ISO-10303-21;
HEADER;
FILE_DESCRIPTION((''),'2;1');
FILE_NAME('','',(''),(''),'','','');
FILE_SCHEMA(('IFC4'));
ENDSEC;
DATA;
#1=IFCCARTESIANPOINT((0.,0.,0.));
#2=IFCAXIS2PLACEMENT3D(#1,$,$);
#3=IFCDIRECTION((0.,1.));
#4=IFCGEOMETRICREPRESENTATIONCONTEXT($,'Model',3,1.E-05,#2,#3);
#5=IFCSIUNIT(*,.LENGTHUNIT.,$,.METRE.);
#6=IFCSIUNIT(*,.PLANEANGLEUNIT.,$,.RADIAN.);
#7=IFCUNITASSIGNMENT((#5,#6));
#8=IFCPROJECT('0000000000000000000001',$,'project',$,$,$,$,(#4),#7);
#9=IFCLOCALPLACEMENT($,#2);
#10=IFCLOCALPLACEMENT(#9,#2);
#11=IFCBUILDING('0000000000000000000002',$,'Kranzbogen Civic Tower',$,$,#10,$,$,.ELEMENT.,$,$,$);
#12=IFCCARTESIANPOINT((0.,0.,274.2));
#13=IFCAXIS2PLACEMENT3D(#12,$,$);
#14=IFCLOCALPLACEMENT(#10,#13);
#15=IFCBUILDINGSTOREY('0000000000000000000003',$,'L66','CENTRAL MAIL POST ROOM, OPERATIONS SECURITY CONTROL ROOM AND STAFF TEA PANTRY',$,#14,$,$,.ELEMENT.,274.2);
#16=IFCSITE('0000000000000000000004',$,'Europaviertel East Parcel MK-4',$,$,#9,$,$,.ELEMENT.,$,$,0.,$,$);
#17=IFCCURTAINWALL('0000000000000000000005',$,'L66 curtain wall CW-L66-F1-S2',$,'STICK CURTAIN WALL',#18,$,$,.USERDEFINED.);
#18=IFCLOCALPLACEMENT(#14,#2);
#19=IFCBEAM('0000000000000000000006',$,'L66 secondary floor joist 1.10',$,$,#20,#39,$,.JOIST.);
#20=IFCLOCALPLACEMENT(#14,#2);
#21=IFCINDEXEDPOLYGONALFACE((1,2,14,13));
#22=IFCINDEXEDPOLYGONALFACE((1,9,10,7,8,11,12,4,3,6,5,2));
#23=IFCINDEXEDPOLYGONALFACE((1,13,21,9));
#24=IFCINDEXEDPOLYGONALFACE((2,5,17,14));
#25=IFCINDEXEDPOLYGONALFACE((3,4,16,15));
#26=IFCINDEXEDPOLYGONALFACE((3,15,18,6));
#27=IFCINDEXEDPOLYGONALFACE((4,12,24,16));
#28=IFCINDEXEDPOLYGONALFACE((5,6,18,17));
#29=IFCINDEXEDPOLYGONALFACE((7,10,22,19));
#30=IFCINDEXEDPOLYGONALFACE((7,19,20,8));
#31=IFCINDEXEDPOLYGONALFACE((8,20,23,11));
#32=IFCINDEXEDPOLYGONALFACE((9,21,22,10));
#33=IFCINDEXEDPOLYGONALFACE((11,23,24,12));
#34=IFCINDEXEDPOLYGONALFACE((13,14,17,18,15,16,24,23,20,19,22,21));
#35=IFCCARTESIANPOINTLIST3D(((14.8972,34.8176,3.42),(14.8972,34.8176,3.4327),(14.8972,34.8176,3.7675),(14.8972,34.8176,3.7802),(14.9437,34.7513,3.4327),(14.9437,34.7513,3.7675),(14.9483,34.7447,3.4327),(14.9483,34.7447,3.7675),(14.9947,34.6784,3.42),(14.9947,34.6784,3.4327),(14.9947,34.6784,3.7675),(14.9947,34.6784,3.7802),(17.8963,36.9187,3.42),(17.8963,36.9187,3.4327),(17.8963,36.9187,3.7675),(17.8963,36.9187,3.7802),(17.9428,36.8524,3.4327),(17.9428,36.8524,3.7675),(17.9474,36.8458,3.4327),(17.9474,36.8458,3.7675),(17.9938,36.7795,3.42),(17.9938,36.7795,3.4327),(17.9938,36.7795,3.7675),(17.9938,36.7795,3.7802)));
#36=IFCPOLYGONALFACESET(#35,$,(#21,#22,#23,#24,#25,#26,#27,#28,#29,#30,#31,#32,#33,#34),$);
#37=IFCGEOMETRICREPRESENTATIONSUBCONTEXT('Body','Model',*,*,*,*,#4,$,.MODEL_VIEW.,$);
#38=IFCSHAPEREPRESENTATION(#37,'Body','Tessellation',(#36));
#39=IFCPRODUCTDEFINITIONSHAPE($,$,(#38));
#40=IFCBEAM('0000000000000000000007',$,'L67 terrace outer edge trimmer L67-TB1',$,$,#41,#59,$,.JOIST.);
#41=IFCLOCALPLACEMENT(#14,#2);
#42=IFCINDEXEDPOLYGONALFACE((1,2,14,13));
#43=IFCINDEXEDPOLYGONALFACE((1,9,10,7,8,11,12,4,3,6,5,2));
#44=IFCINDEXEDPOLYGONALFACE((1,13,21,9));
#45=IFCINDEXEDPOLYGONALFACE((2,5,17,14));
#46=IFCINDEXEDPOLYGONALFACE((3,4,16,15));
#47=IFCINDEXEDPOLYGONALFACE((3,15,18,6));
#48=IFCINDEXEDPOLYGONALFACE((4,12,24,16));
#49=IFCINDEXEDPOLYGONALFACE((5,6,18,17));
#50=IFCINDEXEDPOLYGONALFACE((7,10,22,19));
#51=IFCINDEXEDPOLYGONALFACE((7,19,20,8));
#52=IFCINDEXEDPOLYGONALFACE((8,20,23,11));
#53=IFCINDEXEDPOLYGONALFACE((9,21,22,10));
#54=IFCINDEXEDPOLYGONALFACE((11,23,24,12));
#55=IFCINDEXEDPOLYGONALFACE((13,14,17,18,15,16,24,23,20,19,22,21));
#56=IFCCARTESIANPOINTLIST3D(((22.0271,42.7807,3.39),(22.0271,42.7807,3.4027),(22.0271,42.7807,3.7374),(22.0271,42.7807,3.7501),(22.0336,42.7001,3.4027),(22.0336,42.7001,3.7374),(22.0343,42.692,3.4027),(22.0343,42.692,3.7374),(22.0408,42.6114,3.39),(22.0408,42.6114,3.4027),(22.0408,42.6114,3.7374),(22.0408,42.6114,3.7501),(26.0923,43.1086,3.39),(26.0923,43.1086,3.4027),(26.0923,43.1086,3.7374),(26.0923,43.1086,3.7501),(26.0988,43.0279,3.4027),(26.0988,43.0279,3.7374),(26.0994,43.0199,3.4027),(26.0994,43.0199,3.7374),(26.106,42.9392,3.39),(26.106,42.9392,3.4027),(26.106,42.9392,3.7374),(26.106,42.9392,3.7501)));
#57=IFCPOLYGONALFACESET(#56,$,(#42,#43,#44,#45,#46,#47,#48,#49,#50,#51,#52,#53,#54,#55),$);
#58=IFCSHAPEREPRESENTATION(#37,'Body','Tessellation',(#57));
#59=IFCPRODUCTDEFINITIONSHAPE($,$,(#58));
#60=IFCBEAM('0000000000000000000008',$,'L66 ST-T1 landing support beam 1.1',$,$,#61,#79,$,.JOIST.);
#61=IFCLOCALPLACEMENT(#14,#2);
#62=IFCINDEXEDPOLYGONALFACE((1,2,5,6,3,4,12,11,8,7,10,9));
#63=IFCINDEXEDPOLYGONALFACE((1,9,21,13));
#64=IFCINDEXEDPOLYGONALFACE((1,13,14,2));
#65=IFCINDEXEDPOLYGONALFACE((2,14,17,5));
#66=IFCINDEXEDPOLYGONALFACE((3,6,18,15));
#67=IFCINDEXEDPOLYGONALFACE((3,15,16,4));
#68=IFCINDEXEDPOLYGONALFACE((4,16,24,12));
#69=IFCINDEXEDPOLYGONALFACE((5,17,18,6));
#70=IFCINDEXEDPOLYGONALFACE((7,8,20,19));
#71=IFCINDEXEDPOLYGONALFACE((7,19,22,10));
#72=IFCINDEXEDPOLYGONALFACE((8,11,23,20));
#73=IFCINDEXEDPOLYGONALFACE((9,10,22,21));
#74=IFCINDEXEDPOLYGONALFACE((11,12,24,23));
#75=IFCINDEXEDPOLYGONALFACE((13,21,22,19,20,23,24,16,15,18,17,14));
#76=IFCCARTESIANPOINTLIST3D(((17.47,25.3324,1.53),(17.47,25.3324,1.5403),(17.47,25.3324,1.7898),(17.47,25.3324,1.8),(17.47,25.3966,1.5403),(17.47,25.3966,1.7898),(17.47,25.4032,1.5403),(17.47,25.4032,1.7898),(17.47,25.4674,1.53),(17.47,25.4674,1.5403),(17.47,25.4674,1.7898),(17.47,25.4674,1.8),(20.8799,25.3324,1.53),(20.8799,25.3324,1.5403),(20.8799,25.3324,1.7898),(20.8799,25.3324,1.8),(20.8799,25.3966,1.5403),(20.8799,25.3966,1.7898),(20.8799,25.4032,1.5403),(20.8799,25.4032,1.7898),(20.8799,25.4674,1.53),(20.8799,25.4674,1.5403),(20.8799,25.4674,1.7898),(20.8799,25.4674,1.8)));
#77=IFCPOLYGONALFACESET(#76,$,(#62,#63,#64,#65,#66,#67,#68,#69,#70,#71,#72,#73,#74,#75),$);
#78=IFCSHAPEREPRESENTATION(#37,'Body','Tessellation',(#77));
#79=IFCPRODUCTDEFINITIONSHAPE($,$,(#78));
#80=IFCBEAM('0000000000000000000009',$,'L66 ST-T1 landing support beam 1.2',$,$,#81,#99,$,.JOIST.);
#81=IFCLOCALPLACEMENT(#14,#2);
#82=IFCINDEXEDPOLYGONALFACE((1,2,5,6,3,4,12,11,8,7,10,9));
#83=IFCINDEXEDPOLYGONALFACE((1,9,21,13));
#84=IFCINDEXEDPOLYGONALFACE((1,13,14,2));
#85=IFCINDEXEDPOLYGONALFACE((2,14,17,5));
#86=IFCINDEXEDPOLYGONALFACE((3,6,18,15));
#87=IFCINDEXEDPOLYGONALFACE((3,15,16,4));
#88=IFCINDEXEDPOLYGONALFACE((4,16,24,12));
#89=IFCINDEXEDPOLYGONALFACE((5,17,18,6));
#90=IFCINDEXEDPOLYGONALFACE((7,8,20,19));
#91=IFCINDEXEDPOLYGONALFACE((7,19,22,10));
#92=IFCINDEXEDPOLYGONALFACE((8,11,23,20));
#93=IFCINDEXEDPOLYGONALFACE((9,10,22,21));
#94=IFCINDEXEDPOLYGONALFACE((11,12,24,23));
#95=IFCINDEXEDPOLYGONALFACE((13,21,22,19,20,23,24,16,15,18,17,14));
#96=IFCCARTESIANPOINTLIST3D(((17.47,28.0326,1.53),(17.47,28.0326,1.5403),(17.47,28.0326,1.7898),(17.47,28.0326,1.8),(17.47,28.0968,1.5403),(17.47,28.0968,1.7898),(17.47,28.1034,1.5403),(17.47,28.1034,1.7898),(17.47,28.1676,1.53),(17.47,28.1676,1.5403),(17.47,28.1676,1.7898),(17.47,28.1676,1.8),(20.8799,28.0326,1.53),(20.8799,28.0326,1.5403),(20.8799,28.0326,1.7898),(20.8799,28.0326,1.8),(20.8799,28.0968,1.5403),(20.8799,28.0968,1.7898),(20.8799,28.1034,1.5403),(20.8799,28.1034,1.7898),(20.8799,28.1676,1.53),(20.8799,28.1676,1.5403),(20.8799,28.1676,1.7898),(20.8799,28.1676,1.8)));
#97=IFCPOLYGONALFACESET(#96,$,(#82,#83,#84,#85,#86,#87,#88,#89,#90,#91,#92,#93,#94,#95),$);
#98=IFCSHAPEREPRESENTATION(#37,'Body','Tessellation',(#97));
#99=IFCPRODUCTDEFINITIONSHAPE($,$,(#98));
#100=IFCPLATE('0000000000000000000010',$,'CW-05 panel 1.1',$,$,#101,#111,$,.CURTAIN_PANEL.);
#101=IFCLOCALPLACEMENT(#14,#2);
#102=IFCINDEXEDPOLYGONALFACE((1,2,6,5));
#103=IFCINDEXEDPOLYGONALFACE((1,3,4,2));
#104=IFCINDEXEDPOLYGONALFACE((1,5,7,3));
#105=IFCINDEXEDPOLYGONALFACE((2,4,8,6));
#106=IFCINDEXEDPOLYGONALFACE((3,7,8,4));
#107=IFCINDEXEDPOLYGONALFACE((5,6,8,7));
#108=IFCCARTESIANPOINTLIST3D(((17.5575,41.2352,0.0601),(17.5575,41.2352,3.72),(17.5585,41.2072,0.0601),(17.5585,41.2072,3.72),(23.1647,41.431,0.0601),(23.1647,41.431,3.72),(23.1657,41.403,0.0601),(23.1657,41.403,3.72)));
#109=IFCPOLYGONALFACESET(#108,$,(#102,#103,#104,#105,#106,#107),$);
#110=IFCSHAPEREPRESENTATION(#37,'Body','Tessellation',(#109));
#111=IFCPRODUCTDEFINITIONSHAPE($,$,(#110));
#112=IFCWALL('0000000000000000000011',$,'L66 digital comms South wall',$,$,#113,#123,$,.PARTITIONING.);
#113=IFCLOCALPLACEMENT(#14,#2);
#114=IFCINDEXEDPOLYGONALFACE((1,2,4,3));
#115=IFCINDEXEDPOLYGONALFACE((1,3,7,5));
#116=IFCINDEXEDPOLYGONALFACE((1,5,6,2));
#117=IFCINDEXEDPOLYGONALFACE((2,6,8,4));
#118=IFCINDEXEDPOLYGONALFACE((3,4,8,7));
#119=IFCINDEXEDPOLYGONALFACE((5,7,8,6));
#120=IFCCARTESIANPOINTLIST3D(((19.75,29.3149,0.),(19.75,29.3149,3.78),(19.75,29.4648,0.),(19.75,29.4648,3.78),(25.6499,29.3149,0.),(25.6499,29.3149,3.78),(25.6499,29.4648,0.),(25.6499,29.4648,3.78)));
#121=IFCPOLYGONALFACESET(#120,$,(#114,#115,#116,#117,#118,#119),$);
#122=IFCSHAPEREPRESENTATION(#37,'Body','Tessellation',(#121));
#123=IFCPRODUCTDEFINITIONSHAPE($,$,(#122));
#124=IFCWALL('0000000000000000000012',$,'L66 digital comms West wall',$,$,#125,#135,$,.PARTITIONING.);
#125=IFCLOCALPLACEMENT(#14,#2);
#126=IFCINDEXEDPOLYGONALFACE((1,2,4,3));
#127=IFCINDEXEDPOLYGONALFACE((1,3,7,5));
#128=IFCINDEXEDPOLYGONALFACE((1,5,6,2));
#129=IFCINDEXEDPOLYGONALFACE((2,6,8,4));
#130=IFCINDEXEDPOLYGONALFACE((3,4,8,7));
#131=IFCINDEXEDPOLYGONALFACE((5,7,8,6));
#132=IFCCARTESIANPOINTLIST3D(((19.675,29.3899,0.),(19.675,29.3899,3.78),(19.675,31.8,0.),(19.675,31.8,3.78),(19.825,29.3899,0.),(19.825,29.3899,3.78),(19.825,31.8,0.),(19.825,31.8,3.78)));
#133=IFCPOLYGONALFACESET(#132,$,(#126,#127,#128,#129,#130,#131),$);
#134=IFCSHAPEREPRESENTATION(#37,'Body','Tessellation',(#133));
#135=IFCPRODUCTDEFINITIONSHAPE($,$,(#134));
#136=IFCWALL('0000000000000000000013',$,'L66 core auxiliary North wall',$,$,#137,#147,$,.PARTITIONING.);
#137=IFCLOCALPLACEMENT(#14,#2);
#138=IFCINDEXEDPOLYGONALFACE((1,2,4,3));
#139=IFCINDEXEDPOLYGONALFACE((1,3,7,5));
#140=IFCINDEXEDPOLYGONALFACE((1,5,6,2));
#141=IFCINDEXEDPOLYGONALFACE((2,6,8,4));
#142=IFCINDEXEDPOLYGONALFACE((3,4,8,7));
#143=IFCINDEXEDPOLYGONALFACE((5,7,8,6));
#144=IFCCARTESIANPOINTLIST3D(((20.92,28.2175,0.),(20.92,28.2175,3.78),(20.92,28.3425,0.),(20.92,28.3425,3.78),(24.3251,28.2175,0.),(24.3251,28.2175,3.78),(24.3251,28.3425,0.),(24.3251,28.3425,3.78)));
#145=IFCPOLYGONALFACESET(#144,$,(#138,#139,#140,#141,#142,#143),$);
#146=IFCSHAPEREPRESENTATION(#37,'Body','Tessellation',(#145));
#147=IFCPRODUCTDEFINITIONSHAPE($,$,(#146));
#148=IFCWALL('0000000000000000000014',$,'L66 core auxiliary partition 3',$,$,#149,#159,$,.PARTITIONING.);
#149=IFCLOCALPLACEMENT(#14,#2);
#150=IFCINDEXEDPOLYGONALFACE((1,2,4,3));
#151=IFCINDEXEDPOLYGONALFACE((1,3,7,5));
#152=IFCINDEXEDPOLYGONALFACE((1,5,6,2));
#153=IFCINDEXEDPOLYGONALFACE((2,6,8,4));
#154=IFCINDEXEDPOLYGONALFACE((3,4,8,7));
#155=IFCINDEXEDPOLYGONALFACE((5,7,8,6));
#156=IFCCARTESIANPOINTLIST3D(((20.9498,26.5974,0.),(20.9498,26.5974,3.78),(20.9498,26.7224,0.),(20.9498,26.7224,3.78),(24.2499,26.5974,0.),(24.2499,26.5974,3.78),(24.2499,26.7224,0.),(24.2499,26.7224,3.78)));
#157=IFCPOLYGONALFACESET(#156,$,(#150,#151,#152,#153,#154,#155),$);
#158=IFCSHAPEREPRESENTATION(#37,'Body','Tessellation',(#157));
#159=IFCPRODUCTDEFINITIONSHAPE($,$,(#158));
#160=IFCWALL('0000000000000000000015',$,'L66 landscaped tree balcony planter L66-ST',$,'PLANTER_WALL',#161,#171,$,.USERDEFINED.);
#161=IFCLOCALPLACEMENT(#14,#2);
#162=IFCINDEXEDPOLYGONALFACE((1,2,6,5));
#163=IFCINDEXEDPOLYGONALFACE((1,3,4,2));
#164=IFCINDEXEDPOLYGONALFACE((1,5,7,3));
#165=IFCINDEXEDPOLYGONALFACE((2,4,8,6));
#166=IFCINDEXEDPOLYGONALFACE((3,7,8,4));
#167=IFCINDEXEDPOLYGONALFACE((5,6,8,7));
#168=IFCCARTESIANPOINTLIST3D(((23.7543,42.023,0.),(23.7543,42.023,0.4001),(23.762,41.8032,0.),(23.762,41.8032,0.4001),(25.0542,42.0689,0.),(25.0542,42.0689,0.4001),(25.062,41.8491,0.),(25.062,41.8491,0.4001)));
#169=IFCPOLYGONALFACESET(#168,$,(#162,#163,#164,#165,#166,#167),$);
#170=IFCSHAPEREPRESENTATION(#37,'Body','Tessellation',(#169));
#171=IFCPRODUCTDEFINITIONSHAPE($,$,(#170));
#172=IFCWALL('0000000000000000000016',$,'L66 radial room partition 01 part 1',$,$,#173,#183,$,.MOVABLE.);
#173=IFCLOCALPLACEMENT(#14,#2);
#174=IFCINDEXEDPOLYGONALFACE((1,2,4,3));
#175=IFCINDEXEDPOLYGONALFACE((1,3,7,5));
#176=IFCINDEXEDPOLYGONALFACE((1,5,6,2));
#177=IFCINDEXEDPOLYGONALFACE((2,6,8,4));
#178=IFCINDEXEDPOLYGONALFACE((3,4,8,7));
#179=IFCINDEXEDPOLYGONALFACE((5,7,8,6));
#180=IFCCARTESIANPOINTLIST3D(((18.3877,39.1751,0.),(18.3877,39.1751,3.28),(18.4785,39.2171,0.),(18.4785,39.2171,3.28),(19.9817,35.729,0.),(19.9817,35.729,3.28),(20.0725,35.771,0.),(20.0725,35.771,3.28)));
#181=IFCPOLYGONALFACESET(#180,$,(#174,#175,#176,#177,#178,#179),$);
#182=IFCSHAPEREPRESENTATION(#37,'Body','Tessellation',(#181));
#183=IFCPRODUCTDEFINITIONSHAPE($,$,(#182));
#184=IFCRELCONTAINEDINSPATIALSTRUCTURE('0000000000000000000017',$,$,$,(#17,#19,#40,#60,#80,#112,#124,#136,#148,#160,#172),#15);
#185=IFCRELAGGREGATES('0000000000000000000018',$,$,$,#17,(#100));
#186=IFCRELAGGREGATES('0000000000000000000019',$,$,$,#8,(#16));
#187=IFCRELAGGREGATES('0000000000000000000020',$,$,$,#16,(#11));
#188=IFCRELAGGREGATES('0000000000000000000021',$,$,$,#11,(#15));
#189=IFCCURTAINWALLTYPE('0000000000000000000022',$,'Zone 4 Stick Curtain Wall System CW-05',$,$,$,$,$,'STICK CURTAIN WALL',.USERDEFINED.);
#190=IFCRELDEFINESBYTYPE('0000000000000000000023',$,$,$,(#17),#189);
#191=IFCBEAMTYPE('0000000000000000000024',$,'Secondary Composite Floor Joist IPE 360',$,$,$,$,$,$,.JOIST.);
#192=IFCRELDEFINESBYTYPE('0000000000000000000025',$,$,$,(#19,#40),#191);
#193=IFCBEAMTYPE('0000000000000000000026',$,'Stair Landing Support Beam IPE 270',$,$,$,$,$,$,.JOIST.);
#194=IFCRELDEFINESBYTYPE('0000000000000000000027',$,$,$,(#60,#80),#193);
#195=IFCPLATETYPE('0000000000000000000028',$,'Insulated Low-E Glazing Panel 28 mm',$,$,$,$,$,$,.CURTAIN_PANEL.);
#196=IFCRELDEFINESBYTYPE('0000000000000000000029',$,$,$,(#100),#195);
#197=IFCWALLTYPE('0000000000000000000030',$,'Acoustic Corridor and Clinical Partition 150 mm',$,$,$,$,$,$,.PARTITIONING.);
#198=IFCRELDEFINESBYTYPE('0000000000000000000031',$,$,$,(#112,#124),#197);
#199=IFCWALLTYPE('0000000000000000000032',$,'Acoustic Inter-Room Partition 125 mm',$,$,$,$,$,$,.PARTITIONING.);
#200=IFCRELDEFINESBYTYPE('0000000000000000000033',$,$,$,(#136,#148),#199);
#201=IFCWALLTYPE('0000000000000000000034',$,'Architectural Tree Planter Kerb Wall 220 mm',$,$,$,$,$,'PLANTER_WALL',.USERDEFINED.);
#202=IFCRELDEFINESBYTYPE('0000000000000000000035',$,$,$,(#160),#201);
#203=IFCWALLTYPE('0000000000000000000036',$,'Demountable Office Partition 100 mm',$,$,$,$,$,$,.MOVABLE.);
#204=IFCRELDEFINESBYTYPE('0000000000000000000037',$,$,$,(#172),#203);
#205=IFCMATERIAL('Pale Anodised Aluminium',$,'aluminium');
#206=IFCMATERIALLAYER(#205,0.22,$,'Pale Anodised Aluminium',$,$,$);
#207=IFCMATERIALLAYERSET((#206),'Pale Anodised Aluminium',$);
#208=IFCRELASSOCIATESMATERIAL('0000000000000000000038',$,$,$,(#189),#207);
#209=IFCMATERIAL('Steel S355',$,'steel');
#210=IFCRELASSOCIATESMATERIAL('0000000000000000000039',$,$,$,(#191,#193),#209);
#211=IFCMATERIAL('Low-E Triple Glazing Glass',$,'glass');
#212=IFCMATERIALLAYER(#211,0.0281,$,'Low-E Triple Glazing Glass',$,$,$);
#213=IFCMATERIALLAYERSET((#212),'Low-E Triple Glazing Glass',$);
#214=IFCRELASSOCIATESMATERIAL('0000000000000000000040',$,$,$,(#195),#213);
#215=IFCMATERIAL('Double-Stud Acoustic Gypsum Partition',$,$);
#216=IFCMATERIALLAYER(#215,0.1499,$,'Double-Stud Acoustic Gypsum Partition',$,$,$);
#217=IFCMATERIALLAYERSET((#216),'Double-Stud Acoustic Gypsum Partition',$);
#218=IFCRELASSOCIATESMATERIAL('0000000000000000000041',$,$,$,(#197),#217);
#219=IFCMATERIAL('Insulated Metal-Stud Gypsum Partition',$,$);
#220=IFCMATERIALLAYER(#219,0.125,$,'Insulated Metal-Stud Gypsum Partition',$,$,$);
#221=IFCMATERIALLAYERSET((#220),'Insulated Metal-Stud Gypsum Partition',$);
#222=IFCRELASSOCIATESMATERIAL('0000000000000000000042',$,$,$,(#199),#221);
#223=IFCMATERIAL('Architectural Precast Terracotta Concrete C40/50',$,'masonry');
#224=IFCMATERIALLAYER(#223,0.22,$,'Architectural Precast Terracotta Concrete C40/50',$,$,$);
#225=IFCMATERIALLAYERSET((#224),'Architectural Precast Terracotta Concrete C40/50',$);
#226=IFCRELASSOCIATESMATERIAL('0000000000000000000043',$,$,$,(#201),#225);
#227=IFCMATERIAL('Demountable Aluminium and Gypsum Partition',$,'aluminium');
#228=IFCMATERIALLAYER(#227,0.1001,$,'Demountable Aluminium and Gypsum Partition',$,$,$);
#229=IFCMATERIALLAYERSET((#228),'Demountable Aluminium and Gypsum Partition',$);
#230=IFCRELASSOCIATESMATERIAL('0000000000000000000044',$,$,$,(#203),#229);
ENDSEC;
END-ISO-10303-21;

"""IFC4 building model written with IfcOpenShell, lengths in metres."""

from ifc_helpers import new_model, si_unit, direction, frame, frame_2d, origin, origin_2d, place, context, subcontext, project, spatial, rectangle, i_section, extrude, material, layer, layer_set, material_profile, profile_set, type_object, element, aggregate, save


model = new_model("IFC4")

# Units and contexts
model_context = context("Model", 3, precision=1e-05, world=origin(), true_north=direction((0.0, 1.0)))
body_context = subcontext(model_context, "Body", "Model", "MODEL_VIEW")
ifc_project = project(units=[si_unit("LENGTHUNIT", "METRE"), si_unit("PLANEANGLEUNIT", "RADIAN")], contexts=[model_context])

# Site, building, storey
site_placement = place(None, origin())
site = spatial("IfcSite", under=ifc_project, at=site_placement, Name="Europaviertel East Parcel MK-4", CompositionType="ELEMENT", RefElevation=0.0)
building_placement = place(site_placement, origin())
building = spatial("IfcBuilding", under=site, at=building_placement, Name="Kranzbogen Civic Tower", CompositionType="ELEMENT")
storey_placement = place(building_placement, frame((0.0, 0.0, 274.2)))
storey = spatial("IfcBuildingStorey", under=building, at=storey_placement, Name="L66", Description="CENTRAL MAIL POST ROOM, OPERATIONS SECURITY CONTROL ROOM AND STAFF TEA PANTRY", CompositionType="ELEMENT", Elevation=274.2)

# Shared definitions
ifc_material_1 = material(Name="Steel S355", Category="steel")

# Shared definitions
ifc_material_2 = material(Name="Pale Anodised Aluminium", Category="aluminium")
ifc_layer_1 = layer(ifc_material_2, 0.22, Name="Pale Anodised Aluminium")
ifc_layer_set_1 = layer_set([ifc_layer_1], Name="Pale Anodised Aluminium")
curtain_wall_type = type_object("IfcCurtainWallType", Name="Zone 4 Stick Curtain Wall System CW-05", ElementType="STICK CURTAIN WALL", PredefinedType="USERDEFINED", material=ifc_layer_set_1)

# Curtain wall
curtain_wall_1_placement = place(storey_placement, origin())
curtain_wall_1 = element("IfcCurtainWall", 1, at=curtain_wall_1_placement, inside=storey, type_object=curtain_wall_type, Name="L66 curtain wall CW-L66-F1-S2", ObjectType="STICK CURTAIN WALL", PredefinedType="USERDEFINED")

# Beams
ifc_material_profile_1 = material_profile(ifc_material_1, i_section(OverallWidth=0.1699, OverallDepth=0.3601, WebThickness=0.0081, FlangeThickness=0.0127, at=origin_2d()), Name="IPE 360")
ifc_profile_set_1 = profile_set([ifc_material_profile_1], Name="Steel S355")
beam_type_1 = type_object("IfcBeamType", Name="Secondary Composite Floor Joist IPE 360", PredefinedType="JOIST", material=ifc_profile_set_1)
beam_1_placement = place(storey_placement, frame((17.9451, 36.8491, 3.6001), z_axis=(-0.819006, -0.573784, 0.0), x_axis=(0.573784, -0.819006, 0.0)))
element("IfcBeam", 2, at=beam_1_placement, inside=storey, type_object=beam_type_1, Name="L66 secondary floor joist 1.10", PredefinedType="JOIST", context=body_context, shape_type="SweptSolid", body=[
    extrude(i_section(OverallWidth=0.1699, OverallDepth=0.3601, WebThickness=0.0081, FlangeThickness=0.0127, at=origin_2d()), origin(), (0.0, 0.0, 1.0), 3.6619),
])
beam_2_placement = place(storey_placement, frame((26.0991, 43.0239, 3.5701), z_axis=(-0.996763, -0.080395, 0.0), x_axis=(0.080395, -0.996763, 0.0)))
element("IfcBeam", 3, at=beam_2_placement, inside=storey, type_object=beam_type_1, Name="L67 terrace outer edge trimmer L67-TB1", PredefinedType="JOIST", context=body_context, shape_type="SweptSolid", body=[
    extrude(i_section(OverallWidth=0.1699, OverallDepth=0.3601, WebThickness=0.0081, FlangeThickness=0.0127, at=origin_2d()), origin(), (0.0, 0.0, 1.0), 4.0784),
])
ifc_material_profile_2 = material_profile(ifc_material_1, i_section(OverallWidth=0.135, OverallDepth=0.27, WebThickness=0.0066, FlangeThickness=0.0103, at=origin_2d()), Name="IPE 270")
ifc_profile_set_2 = profile_set([ifc_material_profile_2], Name="Steel S355")
beam_type_2 = type_object("IfcBeamType", Name="Stair Landing Support Beam IPE 270", PredefinedType="JOIST", material=ifc_profile_set_2)
for number, where, z_axis, x_axis, name in (
    (4, (20.8799, 25.3999, 1.665), (-1.0, 0.0, 0.0), (0.0, -1.0, 0.0), "L66 ST-T1 landing support beam 1.1"),
    (5, (20.8799, 28.1001, 1.665), (-1.0, 0.0, 0.0), (0.0, -1.0, 0.0), "L66 ST-T1 landing support beam 1.2"),
):
    element("IfcBeam", number, at=place(storey_placement, frame(where, z_axis=z_axis, x_axis=x_axis)), inside=storey, type_object=beam_type_2, Name=name, PredefinedType="JOIST", context=body_context, shape_type="SweptSolid", body=[
        extrude(i_section(OverallWidth=0.135, OverallDepth=0.27, WebThickness=0.0066, FlangeThickness=0.0103, at=origin_2d()), origin(), (0.0, 0.0, 1.0), 3.4099),
    ])

# Plate
ifc_material_3 = material(Name="Low-E Triple Glazing Glass", Category="glass")
ifc_layer_2 = layer(ifc_material_3, 0.0281, Name="Low-E Triple Glazing Glass")
ifc_layer_set_2 = layer_set([ifc_layer_2], Name="Low-E Triple Glazing Glass")
plate_type = type_object("IfcPlateType", Name="Insulated Low-E Glazing Panel 28 mm", PredefinedType="CURTAIN_PANEL", material=ifc_layer_set_2)
plate_placement = place(storey_placement, frame((20.3616, 41.3191, 0.0601), z_axis=(0.0, 0.0, 1.0), x_axis=(-0.999391, -0.034901, 0.0)))
plate = element("IfcPlate", 6, at=plate_placement, type_object=plate_type, Name="CW-05 panel 1.1", PredefinedType="CURTAIN_PANEL", context=body_context, shape_type="SweptSolid", body=[
    extrude(rectangle(XDim=5.6106, YDim=0.0281, at=origin_2d()), origin(), (0.0, 0.0, 1.0), 3.6599),
])
aggregate(curtain_wall_1, [plate])

# Walls
ifc_material_4 = material(Name="Double-Stud Acoustic Gypsum Partition")
ifc_layer_3 = layer(ifc_material_4, 0.1499, Name="Double-Stud Acoustic Gypsum Partition")
ifc_layer_set_3 = layer_set([ifc_layer_3], Name="Double-Stud Acoustic Gypsum Partition")
wall_type_1 = type_object("IfcWallType", Name="Acoustic Corridor and Clinical Partition 150 mm", PredefinedType="PARTITIONING", material=ifc_layer_set_3)
wall_1_placement = place(storey_placement, frame((19.75, 29.3899, 0.0), z_axis=(0.0, 0.0, 1.0), x_axis=(1.0, 0.0, 0.0)))
element("IfcWall", 7, at=wall_1_placement, inside=storey, type_object=wall_type_1, Name="L66 digital comms South wall", PredefinedType="PARTITIONING", context=body_context, shape_type="SweptSolid", body=[
    extrude(rectangle(XDim=5.8999, YDim=0.1499, at=frame_2d((2.95, 0.0))), origin(), (0.0, 0.0, 1.0), 3.78),
])
wall_2_placement = place(storey_placement, frame((19.75, 29.3899, 0.0), z_axis=(0.0, 0.0, 1.0), x_axis=(0.0, 1.0, 0.0)))
element("IfcWall", 8, at=wall_2_placement, inside=storey, type_object=wall_type_1, Name="L66 digital comms West wall", PredefinedType="PARTITIONING", context=body_context, shape_type="SweptSolid", body=[
    extrude(rectangle(XDim=2.4102, YDim=0.1499, at=frame_2d((1.2051, 0.0))), origin(), (0.0, 0.0, 1.0), 3.78),
])
ifc_material_5 = material(Name="Insulated Metal-Stud Gypsum Partition")
ifc_layer_4 = layer(ifc_material_5, 0.125, Name="Insulated Metal-Stud Gypsum Partition")
ifc_layer_set_4 = layer_set([ifc_layer_4], Name="Insulated Metal-Stud Gypsum Partition")
wall_type_2 = type_object("IfcWallType", Name="Acoustic Inter-Room Partition 125 mm", PredefinedType="PARTITIONING", material=ifc_layer_set_4)
wall_3_placement = place(storey_placement, frame((20.9199, 28.28, 0.0), z_axis=(0.0, 0.0, 1.0), x_axis=(1.0, 0.0, 0.0)))
element("IfcWall", 9, at=wall_3_placement, inside=storey, type_object=wall_type_2, Name="L66 core auxiliary North wall", PredefinedType="PARTITIONING", context=body_context, shape_type="SweptSolid", body=[
    extrude(rectangle(XDim=3.405, YDim=0.125, at=frame_2d((1.7026, 0.0))), origin(), (0.0, 0.0, 1.0), 3.78),
])
wall_4_placement = place(storey_placement, frame((20.95, 26.6599, 0.0), z_axis=(0.0, 0.0, 1.0), x_axis=(1.0, 0.0, 0.0)))
element("IfcWall", 10, at=wall_4_placement, inside=storey, type_object=wall_type_2, Name="L66 core auxiliary partition 3", PredefinedType="PARTITIONING", context=body_context, shape_type="SweptSolid", body=[
    extrude(rectangle(XDim=3.3, YDim=0.125, at=frame_2d((1.6499, 0.0))), origin(), (0.0, 0.0, 1.0), 3.78),
])
ifc_material_6 = material(Name="Architectural Precast Terracotta Concrete C40/50", Category="masonry")
ifc_layer_5 = layer(ifc_material_6, 0.22, Name="Architectural Precast Terracotta Concrete C40/50")
ifc_layer_set_5 = layer_set([ifc_layer_5], Name="Architectural Precast Terracotta Concrete C40/50")
wall_type_3 = type_object("IfcWallType", Name="Architectural Tree Planter Kerb Wall 220 mm", ElementType="PLANTER_WALL", PredefinedType="USERDEFINED", material=ifc_layer_set_5)
wall_5_placement = place(storey_placement, frame((25.0581, 41.959, 0.0), z_axis=(0.0, 0.0, 1.0), x_axis=(-0.999377, -0.035283, 0.0)))
element("IfcWall", 11, at=wall_5_placement, inside=storey, type_object=wall_type_3, Name="L66 landscaped tree balcony planter L66-ST", ObjectType="PLANTER_WALL", PredefinedType="USERDEFINED", context=body_context, shape_type="SweptSolid", body=[
    extrude(rectangle(XDim=1.3008, YDim=0.22, at=frame_2d((0.6504, 0.0))), origin(), (0.0, 0.0, 1.0), 0.4001),
])
ifc_material_7 = material(Name="Demountable Aluminium and Gypsum Partition", Category="aluminium")
ifc_layer_6 = layer(ifc_material_7, 0.1001, Name="Demountable Aluminium and Gypsum Partition")
ifc_layer_set_6 = layer_set([ifc_layer_6], Name="Demountable Aluminium and Gypsum Partition")
wall_type_4 = type_object("IfcWallType", Name="Demountable Office Partition 100 mm", PredefinedType="MOVABLE", material=ifc_layer_set_6)
wall_6_placement = place(storey_placement, frame((20.0271, 35.75, 0.0), z_axis=(0.0, 0.0, 1.0), x_axis=(-0.419821, 0.907607, 0.0)))
element("IfcWall", 12, at=wall_6_placement, inside=storey, type_object=wall_type_4, Name="L66 radial room partition 01 part 1", PredefinedType="MOVABLE", context=body_context, shape_type="SweptSolid", body=[
    extrude(rectangle(XDim=3.7969, YDim=0.1001, at=frame_2d((1.8984, 0.0))), origin(), (0.0, 0.0, 1.0), 3.28),
])

save(model, "model.ifc")
